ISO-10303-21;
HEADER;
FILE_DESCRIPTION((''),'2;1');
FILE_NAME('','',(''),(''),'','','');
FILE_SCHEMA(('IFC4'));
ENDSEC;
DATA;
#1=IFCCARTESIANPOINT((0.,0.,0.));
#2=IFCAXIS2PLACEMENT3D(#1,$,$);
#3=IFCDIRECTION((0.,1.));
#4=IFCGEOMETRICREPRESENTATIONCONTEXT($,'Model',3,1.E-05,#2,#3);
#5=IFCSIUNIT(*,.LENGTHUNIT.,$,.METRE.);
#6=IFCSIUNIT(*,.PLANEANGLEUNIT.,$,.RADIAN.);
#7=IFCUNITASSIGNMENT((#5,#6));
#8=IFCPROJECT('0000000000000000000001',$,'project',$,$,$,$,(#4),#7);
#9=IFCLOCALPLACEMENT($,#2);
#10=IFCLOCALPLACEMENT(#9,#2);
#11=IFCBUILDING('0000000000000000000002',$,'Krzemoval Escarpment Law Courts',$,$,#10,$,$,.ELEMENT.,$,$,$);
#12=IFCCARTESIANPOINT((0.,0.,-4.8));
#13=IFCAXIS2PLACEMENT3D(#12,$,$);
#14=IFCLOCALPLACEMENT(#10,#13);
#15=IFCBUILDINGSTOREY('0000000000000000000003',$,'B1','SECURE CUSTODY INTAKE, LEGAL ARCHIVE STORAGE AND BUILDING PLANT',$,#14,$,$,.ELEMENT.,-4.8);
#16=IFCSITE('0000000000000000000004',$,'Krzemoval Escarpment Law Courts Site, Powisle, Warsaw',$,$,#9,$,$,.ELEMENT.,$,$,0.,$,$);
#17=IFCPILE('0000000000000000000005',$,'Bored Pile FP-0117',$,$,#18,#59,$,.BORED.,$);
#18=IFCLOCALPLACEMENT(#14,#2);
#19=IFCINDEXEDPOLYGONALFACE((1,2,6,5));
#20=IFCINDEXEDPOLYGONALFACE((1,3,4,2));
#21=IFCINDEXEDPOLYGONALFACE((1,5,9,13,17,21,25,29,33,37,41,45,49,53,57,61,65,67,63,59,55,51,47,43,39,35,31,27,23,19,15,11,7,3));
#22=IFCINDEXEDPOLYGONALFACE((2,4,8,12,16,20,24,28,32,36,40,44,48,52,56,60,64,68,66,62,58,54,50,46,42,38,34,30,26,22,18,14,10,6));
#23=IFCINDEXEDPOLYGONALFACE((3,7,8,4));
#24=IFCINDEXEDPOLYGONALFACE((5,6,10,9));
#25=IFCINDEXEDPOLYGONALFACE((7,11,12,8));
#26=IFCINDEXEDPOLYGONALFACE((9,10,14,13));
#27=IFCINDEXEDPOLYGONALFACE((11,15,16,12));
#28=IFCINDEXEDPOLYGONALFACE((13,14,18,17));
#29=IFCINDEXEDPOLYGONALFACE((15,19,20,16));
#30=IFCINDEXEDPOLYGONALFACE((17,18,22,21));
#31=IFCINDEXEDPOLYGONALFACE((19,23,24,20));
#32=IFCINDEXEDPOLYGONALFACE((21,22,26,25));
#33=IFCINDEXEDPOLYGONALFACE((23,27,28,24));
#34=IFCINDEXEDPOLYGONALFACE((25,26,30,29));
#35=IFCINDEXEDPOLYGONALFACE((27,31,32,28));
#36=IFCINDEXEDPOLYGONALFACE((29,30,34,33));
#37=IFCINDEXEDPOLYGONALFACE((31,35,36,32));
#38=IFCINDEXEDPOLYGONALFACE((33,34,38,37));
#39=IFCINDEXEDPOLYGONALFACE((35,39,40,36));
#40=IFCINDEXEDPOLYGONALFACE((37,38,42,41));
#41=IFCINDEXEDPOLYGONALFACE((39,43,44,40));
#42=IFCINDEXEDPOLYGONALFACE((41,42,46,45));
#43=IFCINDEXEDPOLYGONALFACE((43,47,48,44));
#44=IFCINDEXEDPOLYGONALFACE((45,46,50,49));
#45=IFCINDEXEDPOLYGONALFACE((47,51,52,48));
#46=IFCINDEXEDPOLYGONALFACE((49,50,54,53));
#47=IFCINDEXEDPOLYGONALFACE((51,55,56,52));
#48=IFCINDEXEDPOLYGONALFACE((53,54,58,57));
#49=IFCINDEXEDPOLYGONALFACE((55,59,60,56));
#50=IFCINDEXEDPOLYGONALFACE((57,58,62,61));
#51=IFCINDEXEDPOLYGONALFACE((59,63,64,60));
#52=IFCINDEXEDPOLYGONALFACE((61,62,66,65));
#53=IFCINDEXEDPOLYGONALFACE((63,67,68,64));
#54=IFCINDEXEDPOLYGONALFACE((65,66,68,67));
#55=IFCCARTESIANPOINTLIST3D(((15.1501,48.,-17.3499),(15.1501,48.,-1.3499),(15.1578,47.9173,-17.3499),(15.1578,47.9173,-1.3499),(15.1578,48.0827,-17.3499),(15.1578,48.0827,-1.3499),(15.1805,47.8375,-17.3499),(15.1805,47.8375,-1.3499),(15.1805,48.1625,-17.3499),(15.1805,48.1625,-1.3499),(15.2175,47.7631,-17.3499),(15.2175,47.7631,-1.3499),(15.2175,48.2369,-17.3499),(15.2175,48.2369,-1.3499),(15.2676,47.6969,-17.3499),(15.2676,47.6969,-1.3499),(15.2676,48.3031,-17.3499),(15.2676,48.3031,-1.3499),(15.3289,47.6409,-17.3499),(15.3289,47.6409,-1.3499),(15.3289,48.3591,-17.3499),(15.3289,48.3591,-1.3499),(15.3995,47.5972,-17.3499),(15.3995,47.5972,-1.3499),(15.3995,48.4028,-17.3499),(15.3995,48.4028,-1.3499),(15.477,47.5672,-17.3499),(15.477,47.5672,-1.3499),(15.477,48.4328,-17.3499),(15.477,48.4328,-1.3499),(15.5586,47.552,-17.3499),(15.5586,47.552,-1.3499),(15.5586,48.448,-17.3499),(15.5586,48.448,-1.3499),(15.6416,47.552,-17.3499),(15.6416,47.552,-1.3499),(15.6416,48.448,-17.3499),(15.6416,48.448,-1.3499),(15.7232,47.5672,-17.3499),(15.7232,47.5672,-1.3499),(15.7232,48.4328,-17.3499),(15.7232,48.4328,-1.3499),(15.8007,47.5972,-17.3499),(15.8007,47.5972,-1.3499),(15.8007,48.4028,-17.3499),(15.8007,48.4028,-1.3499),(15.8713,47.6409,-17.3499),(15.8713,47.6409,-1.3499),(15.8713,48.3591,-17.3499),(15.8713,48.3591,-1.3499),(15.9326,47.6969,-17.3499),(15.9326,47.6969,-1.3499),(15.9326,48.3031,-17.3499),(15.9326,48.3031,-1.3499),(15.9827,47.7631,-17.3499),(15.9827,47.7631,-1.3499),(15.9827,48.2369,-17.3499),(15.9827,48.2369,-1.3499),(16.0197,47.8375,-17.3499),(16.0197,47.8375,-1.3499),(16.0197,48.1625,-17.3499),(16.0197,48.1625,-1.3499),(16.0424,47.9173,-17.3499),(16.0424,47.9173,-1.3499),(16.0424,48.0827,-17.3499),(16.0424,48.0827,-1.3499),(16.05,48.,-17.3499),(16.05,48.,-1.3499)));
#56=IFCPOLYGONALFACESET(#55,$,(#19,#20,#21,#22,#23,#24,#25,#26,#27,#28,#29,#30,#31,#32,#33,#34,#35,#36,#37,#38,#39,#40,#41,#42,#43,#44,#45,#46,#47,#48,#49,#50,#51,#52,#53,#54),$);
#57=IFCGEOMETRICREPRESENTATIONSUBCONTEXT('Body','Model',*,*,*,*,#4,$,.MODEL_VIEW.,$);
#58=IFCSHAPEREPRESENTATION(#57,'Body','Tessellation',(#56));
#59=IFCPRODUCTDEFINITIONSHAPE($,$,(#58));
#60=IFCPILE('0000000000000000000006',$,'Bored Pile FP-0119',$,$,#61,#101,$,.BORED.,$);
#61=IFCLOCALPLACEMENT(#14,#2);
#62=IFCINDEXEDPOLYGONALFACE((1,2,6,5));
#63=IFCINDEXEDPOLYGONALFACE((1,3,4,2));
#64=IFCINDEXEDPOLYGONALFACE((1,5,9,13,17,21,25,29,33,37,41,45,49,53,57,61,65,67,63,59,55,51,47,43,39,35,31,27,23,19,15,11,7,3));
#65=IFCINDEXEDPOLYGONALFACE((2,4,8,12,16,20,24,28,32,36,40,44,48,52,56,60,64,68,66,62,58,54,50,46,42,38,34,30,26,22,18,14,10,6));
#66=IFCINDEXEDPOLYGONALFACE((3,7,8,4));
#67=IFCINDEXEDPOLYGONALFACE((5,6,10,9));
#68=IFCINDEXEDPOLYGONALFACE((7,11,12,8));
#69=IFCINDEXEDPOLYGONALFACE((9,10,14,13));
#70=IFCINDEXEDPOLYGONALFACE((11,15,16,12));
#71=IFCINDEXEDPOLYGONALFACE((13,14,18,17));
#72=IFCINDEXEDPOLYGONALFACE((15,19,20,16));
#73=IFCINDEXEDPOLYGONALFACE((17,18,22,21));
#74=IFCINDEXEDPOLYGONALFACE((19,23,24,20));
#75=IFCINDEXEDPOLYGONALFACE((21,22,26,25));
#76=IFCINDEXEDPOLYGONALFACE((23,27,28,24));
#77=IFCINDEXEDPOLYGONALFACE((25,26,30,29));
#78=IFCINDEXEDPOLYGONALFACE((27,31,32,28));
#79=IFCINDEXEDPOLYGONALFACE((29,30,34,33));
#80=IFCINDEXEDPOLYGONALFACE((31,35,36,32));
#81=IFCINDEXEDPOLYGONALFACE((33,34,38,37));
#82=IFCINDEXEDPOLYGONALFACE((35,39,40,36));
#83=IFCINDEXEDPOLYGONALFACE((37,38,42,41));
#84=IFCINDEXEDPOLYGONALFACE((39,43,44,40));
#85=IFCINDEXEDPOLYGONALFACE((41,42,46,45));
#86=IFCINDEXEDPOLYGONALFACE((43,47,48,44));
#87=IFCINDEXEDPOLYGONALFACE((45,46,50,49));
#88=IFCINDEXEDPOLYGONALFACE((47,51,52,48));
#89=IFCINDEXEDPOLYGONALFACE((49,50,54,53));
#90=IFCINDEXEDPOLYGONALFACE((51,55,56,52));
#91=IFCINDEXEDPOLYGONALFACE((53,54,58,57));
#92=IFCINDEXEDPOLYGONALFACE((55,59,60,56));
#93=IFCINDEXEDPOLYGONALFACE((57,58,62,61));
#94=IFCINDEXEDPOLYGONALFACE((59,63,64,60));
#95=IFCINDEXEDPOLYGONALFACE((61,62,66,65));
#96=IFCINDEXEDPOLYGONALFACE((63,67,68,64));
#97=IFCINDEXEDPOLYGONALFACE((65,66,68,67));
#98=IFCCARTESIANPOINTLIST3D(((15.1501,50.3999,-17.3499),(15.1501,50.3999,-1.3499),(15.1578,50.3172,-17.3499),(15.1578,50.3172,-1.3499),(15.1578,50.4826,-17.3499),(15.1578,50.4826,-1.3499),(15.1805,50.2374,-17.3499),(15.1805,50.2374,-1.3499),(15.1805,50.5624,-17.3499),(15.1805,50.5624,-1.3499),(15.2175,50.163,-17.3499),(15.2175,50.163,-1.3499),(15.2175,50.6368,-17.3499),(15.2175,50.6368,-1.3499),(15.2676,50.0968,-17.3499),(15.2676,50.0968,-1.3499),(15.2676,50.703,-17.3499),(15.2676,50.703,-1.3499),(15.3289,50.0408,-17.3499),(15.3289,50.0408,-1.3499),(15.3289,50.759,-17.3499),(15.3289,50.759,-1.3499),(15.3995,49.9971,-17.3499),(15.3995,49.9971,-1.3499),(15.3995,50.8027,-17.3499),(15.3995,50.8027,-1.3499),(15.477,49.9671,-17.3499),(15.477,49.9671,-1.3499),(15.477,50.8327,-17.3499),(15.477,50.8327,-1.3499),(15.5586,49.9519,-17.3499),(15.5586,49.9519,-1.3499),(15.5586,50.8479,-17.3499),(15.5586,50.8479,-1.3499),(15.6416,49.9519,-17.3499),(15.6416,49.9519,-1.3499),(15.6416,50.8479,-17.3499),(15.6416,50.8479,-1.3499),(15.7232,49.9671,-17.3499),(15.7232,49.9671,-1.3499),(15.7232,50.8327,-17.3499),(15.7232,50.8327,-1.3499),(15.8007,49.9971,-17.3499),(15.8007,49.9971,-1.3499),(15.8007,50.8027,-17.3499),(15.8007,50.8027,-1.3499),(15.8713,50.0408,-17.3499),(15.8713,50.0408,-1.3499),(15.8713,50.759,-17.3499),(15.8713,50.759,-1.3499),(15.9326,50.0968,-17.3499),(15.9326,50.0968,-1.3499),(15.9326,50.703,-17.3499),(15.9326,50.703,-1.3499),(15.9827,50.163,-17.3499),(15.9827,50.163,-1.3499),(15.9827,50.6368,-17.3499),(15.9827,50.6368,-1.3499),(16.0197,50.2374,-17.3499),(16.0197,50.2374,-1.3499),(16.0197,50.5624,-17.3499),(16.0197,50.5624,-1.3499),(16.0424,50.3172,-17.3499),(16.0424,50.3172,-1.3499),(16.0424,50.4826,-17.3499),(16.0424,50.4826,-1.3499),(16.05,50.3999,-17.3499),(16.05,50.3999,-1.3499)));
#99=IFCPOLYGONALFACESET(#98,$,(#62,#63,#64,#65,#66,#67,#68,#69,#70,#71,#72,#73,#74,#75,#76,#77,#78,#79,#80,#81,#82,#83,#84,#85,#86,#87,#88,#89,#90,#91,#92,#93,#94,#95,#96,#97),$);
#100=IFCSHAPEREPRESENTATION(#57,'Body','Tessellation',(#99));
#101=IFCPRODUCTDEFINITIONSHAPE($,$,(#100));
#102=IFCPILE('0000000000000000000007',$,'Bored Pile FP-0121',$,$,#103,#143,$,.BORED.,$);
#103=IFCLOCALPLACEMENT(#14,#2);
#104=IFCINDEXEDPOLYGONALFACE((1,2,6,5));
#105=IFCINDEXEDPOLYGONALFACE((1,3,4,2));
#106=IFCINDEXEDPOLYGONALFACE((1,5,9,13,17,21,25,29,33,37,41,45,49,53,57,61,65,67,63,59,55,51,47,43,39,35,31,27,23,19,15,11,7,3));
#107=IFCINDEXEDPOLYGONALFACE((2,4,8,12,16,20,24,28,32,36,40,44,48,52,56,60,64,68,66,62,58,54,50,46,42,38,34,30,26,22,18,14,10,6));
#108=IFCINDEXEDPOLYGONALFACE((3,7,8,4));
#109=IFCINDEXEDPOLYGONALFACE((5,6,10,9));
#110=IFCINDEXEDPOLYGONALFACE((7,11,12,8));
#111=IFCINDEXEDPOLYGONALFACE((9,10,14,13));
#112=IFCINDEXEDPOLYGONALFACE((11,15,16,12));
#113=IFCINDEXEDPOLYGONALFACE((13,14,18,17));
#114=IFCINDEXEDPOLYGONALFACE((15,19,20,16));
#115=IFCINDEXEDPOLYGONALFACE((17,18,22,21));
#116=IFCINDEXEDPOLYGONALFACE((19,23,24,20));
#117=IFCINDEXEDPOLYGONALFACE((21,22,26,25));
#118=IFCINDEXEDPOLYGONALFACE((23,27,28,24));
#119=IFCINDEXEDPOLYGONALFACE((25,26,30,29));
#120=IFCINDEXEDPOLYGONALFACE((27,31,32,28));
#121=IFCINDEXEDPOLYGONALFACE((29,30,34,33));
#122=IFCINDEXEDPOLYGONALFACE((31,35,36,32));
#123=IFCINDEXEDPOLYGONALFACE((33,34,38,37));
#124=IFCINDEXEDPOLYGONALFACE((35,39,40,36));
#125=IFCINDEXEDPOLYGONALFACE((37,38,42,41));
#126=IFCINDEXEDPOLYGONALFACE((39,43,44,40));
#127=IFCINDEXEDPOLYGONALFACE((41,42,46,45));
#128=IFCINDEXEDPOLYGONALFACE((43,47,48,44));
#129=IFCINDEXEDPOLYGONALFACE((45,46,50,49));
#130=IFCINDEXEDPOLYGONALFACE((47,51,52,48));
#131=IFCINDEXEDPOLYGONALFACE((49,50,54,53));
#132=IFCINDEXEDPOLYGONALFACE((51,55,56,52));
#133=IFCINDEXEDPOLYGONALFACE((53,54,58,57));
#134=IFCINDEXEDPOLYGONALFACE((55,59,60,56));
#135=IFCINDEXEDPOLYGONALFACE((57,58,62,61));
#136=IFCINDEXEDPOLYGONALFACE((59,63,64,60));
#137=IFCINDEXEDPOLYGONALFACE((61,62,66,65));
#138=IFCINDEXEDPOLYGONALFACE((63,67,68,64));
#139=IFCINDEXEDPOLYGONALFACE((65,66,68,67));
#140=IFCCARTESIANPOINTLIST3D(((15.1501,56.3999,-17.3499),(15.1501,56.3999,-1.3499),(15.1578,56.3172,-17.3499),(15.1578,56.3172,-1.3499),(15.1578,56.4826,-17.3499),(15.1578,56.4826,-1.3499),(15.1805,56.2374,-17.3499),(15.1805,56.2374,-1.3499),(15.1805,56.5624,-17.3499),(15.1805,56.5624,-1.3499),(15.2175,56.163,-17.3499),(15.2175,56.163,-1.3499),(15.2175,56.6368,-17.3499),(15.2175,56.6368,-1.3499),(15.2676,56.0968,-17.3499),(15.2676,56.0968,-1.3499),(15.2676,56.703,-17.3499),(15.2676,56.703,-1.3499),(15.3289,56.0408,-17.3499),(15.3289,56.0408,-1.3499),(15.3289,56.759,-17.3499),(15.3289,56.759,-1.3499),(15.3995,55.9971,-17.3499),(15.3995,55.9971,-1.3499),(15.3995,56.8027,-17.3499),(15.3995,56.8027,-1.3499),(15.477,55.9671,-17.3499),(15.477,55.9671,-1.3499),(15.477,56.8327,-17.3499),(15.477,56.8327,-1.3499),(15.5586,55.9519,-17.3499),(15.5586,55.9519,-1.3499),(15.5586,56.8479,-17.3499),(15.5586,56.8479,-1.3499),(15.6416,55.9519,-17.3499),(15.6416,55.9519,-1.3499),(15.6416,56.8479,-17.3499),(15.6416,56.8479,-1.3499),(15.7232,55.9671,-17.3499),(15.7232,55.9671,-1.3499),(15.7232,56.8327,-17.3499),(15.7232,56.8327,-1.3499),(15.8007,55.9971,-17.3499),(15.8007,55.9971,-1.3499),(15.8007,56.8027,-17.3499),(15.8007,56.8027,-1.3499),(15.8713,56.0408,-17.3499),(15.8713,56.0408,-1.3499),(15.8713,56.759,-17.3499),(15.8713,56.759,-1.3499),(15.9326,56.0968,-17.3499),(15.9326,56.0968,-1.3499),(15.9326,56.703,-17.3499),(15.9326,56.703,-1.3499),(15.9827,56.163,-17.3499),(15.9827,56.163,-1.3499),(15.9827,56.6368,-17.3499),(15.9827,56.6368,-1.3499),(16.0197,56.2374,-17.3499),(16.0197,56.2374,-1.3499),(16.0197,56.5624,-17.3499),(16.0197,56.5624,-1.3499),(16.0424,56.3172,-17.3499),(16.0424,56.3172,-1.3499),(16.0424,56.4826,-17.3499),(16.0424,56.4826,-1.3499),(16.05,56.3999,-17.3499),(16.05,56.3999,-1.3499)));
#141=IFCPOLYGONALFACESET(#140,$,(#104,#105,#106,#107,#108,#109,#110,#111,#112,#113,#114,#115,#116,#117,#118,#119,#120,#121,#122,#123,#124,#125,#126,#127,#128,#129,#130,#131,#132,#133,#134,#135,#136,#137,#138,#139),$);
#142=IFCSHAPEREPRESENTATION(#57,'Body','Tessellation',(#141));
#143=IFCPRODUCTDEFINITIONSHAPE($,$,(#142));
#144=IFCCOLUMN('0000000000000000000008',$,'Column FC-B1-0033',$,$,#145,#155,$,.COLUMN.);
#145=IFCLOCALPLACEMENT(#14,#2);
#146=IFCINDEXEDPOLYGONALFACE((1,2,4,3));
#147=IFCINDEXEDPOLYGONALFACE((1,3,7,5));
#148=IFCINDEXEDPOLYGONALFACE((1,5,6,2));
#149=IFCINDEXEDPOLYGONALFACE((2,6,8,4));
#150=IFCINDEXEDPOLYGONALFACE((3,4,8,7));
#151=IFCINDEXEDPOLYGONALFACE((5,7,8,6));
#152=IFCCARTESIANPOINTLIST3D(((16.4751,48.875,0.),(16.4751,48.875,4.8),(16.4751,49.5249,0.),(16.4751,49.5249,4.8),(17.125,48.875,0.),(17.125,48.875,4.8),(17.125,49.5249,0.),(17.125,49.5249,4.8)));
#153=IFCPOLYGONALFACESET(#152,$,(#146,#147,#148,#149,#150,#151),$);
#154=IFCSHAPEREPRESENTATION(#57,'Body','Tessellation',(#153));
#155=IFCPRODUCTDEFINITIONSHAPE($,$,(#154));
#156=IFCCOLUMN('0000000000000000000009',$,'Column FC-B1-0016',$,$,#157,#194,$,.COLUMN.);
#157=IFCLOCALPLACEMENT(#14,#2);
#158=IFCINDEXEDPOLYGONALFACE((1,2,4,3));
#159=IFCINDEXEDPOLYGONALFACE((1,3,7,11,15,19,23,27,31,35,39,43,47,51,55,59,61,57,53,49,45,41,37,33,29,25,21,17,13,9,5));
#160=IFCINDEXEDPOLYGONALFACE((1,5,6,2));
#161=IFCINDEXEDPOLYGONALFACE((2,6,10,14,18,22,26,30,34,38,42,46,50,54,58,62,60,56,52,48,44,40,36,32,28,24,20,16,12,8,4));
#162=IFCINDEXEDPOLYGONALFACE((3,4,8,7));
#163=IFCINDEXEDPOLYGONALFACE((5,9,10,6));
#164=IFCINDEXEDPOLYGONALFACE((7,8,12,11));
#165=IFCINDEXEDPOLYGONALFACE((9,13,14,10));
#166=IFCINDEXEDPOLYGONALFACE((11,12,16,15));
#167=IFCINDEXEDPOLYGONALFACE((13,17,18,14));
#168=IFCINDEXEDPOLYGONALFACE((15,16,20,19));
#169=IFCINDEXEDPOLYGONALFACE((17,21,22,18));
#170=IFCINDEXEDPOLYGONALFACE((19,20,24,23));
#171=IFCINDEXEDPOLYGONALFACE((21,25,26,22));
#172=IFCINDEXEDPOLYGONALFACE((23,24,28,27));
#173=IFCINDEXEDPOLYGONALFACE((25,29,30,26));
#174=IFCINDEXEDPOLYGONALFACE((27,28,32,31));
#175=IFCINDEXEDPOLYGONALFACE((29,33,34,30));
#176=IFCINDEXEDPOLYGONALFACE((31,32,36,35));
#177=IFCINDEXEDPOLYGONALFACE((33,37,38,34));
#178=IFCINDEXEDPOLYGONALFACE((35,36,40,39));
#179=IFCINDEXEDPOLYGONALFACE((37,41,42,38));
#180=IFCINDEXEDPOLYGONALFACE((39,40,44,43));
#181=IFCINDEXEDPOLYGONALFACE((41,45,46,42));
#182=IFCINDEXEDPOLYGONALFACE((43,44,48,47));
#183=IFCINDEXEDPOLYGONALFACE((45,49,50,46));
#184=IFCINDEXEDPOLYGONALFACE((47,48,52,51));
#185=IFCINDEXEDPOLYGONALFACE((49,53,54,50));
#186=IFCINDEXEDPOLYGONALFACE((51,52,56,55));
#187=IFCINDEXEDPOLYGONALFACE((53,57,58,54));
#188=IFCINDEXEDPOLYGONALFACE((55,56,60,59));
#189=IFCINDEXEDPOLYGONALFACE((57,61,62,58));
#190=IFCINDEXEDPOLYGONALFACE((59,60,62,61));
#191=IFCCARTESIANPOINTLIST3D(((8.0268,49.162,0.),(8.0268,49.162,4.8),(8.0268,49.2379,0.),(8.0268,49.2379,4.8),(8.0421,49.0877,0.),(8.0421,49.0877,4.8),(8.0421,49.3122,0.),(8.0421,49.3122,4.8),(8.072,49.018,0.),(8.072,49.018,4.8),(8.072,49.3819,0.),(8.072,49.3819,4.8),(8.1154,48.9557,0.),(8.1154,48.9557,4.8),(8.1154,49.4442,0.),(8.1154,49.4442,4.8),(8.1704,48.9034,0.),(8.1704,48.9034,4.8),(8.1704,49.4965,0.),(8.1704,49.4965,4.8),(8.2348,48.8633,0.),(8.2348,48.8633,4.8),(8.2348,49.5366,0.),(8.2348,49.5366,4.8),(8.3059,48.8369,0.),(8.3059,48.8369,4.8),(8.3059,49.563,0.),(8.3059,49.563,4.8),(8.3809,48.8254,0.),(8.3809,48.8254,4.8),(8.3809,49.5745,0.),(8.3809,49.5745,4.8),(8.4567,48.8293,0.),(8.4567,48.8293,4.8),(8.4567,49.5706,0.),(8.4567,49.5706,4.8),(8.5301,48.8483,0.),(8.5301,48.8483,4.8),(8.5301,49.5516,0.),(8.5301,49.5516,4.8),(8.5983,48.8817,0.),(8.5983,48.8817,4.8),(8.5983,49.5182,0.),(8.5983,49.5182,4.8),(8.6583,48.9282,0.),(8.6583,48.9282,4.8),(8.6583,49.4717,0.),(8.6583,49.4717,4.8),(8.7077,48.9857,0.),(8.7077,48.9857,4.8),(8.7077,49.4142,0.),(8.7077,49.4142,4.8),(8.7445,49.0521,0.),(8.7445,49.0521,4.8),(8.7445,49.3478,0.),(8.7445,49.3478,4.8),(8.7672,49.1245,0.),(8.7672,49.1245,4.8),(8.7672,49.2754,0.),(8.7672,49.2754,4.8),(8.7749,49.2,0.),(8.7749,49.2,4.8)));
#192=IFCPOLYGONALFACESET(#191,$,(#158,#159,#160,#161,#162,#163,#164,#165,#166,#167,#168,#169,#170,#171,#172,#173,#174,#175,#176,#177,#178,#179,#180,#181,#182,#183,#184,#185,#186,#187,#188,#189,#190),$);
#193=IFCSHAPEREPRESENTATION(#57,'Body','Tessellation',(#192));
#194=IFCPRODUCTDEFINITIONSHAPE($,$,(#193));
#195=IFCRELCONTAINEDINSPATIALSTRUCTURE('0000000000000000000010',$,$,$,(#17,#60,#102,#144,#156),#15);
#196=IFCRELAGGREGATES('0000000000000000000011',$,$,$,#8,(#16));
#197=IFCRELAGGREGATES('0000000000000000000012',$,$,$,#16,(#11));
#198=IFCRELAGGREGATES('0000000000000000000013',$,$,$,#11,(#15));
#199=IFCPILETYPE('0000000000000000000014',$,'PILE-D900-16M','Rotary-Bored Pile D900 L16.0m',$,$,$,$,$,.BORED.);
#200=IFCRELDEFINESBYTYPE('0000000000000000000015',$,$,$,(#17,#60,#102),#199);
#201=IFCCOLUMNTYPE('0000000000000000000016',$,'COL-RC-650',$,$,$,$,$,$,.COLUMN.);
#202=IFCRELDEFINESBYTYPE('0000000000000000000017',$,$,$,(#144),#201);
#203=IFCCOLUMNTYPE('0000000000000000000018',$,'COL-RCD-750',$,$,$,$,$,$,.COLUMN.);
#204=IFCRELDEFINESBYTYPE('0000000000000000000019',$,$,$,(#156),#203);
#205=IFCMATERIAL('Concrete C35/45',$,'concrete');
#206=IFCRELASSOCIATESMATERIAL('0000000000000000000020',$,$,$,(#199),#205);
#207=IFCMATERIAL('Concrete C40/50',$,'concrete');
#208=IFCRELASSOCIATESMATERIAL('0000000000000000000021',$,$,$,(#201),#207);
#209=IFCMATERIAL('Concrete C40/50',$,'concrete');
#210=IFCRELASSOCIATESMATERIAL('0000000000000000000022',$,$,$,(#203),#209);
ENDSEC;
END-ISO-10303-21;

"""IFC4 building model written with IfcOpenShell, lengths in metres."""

from ifc_helpers import new_model, si_unit, direction, frame, origin, origin_2d, place, context, subcontext, project, spatial, rectangle, circle, extrude, material, material_profile, profile_set, type_object, element, save


model = new_model("IFC4")

# Units and contexts
model_context = context("Model", 3, precision=1e-05, world=origin(), true_north=direction((0.0, 1.0)))
body_context = subcontext(model_context, "Body", "Model", "MODEL_VIEW")
ifc_project = project(units=[si_unit("LENGTHUNIT", "METRE"), si_unit("PLANEANGLEUNIT", "RADIAN")], contexts=[model_context])

# Site, building, storey
site_placement = place(None, origin())
site = spatial("IfcSite", under=ifc_project, at=site_placement, Name="Krzemoval Escarpment Law Courts Site, Powisle, Warsaw", CompositionType="ELEMENT", RefElevation=0.0)
building_placement = place(site_placement, origin())
building = spatial("IfcBuilding", under=site, at=building_placement, Name="Krzemoval Escarpment Law Courts", CompositionType="ELEMENT")
storey_placement = place(building_placement, frame((0.0, 0.0, -4.8)))
storey = spatial("IfcBuildingStorey", under=building, at=storey_placement, Name="B1", Description="SECURE CUSTODY INTAKE, LEGAL ARCHIVE STORAGE AND BUILDING PLANT", CompositionType="ELEMENT", Elevation=-4.8)

# Piles
ifc_material_1 = material(Name="Concrete C35/45", Category="concrete")
ifc_material_profile_1 = material_profile(ifc_material_1, circle(Radius=0.45, at=origin_2d()), Name="PILE D900")
ifc_profile_set_1 = profile_set([ifc_material_profile_1], Name="Concrete C35/45")
pile_type = type_object("IfcPileType", Name="PILE-D900-16M", Description="Rotary-Bored Pile D900 L16.0m", PredefinedType="BORED", material=ifc_profile_set_1)
for number, where, z_axis, x_axis, name in (
    (1, (15.6001, 48.0, -1.3499), (0.0, 0.0, -1.0), (1.0, 0.0, 0.0), "Bored Pile FP-0117"),
    (2, (15.6001, 50.3999, -1.3499), (0.0, 0.0, -1.0), (1.0, 0.0, 0.0), "Bored Pile FP-0119"),
    (3, (15.6001, 56.3999, -1.3499), (0.0, 0.0, -1.0), (1.0, 0.0, 0.0), "Bored Pile FP-0121"),
):
    element("IfcPile", number, at=place(storey_placement, frame(where, z_axis=z_axis, x_axis=x_axis)), inside=storey, type_object=pile_type, Name=name, PredefinedType="BORED", context=body_context, shape_type="SweptSolid", body=[
        extrude(circle(Radius=0.45, at=origin_2d()), origin(), (0.0, 0.0, 1.0), 16.0),
    ])

# Columns
ifc_material_2 = material(Name="Concrete C40/50", Category="concrete")
ifc_material_profile_2 = material_profile(ifc_material_2, rectangle(XDim=0.6499, YDim=0.6499, at=origin_2d()), Name="RC 650x650")
ifc_profile_set_2 = profile_set([ifc_material_profile_2], Name="Concrete C40/50")
column_type_1 = type_object("IfcColumnType", Name="COL-RC-650", PredefinedType="COLUMN", material=ifc_profile_set_2)
column_1_placement = place(storey_placement, frame((16.8, 49.2, 0.0), z_axis=(0.0, 0.0, 1.0), x_axis=(1.0, 0.0, 0.0)))
element("IfcColumn", 4, at=column_1_placement, inside=storey, type_object=column_type_1, Name="Column FC-B1-0033", PredefinedType="COLUMN", context=body_context, shape_type="SweptSolid", body=[
    extrude(rectangle(XDim=0.6499, YDim=0.6499, at=origin_2d()), origin(), (0.0, 0.0, 1.0), 4.8),
])
ifc_material_3 = material(Name="Concrete C40/50", Category="concrete")
ifc_material_profile_3 = material_profile(ifc_material_3, circle(Radius=0.375, at=origin_2d()), Name="RC D750")
ifc_profile_set_3 = profile_set([ifc_material_profile_3], Name="Concrete C40/50")
column_type_2 = type_object("IfcColumnType", Name="COL-RCD-750", PredefinedType="COLUMN", material=ifc_profile_set_3)
column_2_placement = place(storey_placement, frame((8.3999, 49.2, 0.0), z_axis=(0.0, 0.0, 1.0), x_axis=(1.0, 0.0, 0.0)))
element("IfcColumn", 5, at=column_2_placement, inside=storey, type_object=column_type_2, Name="Column FC-B1-0016", PredefinedType="COLUMN", context=body_context, shape_type="SweptSolid", body=[
    extrude(circle(Radius=0.375, at=origin_2d()), origin(), (0.0, 0.0, 1.0), 4.8),
])

save(model, "model.ifc")
